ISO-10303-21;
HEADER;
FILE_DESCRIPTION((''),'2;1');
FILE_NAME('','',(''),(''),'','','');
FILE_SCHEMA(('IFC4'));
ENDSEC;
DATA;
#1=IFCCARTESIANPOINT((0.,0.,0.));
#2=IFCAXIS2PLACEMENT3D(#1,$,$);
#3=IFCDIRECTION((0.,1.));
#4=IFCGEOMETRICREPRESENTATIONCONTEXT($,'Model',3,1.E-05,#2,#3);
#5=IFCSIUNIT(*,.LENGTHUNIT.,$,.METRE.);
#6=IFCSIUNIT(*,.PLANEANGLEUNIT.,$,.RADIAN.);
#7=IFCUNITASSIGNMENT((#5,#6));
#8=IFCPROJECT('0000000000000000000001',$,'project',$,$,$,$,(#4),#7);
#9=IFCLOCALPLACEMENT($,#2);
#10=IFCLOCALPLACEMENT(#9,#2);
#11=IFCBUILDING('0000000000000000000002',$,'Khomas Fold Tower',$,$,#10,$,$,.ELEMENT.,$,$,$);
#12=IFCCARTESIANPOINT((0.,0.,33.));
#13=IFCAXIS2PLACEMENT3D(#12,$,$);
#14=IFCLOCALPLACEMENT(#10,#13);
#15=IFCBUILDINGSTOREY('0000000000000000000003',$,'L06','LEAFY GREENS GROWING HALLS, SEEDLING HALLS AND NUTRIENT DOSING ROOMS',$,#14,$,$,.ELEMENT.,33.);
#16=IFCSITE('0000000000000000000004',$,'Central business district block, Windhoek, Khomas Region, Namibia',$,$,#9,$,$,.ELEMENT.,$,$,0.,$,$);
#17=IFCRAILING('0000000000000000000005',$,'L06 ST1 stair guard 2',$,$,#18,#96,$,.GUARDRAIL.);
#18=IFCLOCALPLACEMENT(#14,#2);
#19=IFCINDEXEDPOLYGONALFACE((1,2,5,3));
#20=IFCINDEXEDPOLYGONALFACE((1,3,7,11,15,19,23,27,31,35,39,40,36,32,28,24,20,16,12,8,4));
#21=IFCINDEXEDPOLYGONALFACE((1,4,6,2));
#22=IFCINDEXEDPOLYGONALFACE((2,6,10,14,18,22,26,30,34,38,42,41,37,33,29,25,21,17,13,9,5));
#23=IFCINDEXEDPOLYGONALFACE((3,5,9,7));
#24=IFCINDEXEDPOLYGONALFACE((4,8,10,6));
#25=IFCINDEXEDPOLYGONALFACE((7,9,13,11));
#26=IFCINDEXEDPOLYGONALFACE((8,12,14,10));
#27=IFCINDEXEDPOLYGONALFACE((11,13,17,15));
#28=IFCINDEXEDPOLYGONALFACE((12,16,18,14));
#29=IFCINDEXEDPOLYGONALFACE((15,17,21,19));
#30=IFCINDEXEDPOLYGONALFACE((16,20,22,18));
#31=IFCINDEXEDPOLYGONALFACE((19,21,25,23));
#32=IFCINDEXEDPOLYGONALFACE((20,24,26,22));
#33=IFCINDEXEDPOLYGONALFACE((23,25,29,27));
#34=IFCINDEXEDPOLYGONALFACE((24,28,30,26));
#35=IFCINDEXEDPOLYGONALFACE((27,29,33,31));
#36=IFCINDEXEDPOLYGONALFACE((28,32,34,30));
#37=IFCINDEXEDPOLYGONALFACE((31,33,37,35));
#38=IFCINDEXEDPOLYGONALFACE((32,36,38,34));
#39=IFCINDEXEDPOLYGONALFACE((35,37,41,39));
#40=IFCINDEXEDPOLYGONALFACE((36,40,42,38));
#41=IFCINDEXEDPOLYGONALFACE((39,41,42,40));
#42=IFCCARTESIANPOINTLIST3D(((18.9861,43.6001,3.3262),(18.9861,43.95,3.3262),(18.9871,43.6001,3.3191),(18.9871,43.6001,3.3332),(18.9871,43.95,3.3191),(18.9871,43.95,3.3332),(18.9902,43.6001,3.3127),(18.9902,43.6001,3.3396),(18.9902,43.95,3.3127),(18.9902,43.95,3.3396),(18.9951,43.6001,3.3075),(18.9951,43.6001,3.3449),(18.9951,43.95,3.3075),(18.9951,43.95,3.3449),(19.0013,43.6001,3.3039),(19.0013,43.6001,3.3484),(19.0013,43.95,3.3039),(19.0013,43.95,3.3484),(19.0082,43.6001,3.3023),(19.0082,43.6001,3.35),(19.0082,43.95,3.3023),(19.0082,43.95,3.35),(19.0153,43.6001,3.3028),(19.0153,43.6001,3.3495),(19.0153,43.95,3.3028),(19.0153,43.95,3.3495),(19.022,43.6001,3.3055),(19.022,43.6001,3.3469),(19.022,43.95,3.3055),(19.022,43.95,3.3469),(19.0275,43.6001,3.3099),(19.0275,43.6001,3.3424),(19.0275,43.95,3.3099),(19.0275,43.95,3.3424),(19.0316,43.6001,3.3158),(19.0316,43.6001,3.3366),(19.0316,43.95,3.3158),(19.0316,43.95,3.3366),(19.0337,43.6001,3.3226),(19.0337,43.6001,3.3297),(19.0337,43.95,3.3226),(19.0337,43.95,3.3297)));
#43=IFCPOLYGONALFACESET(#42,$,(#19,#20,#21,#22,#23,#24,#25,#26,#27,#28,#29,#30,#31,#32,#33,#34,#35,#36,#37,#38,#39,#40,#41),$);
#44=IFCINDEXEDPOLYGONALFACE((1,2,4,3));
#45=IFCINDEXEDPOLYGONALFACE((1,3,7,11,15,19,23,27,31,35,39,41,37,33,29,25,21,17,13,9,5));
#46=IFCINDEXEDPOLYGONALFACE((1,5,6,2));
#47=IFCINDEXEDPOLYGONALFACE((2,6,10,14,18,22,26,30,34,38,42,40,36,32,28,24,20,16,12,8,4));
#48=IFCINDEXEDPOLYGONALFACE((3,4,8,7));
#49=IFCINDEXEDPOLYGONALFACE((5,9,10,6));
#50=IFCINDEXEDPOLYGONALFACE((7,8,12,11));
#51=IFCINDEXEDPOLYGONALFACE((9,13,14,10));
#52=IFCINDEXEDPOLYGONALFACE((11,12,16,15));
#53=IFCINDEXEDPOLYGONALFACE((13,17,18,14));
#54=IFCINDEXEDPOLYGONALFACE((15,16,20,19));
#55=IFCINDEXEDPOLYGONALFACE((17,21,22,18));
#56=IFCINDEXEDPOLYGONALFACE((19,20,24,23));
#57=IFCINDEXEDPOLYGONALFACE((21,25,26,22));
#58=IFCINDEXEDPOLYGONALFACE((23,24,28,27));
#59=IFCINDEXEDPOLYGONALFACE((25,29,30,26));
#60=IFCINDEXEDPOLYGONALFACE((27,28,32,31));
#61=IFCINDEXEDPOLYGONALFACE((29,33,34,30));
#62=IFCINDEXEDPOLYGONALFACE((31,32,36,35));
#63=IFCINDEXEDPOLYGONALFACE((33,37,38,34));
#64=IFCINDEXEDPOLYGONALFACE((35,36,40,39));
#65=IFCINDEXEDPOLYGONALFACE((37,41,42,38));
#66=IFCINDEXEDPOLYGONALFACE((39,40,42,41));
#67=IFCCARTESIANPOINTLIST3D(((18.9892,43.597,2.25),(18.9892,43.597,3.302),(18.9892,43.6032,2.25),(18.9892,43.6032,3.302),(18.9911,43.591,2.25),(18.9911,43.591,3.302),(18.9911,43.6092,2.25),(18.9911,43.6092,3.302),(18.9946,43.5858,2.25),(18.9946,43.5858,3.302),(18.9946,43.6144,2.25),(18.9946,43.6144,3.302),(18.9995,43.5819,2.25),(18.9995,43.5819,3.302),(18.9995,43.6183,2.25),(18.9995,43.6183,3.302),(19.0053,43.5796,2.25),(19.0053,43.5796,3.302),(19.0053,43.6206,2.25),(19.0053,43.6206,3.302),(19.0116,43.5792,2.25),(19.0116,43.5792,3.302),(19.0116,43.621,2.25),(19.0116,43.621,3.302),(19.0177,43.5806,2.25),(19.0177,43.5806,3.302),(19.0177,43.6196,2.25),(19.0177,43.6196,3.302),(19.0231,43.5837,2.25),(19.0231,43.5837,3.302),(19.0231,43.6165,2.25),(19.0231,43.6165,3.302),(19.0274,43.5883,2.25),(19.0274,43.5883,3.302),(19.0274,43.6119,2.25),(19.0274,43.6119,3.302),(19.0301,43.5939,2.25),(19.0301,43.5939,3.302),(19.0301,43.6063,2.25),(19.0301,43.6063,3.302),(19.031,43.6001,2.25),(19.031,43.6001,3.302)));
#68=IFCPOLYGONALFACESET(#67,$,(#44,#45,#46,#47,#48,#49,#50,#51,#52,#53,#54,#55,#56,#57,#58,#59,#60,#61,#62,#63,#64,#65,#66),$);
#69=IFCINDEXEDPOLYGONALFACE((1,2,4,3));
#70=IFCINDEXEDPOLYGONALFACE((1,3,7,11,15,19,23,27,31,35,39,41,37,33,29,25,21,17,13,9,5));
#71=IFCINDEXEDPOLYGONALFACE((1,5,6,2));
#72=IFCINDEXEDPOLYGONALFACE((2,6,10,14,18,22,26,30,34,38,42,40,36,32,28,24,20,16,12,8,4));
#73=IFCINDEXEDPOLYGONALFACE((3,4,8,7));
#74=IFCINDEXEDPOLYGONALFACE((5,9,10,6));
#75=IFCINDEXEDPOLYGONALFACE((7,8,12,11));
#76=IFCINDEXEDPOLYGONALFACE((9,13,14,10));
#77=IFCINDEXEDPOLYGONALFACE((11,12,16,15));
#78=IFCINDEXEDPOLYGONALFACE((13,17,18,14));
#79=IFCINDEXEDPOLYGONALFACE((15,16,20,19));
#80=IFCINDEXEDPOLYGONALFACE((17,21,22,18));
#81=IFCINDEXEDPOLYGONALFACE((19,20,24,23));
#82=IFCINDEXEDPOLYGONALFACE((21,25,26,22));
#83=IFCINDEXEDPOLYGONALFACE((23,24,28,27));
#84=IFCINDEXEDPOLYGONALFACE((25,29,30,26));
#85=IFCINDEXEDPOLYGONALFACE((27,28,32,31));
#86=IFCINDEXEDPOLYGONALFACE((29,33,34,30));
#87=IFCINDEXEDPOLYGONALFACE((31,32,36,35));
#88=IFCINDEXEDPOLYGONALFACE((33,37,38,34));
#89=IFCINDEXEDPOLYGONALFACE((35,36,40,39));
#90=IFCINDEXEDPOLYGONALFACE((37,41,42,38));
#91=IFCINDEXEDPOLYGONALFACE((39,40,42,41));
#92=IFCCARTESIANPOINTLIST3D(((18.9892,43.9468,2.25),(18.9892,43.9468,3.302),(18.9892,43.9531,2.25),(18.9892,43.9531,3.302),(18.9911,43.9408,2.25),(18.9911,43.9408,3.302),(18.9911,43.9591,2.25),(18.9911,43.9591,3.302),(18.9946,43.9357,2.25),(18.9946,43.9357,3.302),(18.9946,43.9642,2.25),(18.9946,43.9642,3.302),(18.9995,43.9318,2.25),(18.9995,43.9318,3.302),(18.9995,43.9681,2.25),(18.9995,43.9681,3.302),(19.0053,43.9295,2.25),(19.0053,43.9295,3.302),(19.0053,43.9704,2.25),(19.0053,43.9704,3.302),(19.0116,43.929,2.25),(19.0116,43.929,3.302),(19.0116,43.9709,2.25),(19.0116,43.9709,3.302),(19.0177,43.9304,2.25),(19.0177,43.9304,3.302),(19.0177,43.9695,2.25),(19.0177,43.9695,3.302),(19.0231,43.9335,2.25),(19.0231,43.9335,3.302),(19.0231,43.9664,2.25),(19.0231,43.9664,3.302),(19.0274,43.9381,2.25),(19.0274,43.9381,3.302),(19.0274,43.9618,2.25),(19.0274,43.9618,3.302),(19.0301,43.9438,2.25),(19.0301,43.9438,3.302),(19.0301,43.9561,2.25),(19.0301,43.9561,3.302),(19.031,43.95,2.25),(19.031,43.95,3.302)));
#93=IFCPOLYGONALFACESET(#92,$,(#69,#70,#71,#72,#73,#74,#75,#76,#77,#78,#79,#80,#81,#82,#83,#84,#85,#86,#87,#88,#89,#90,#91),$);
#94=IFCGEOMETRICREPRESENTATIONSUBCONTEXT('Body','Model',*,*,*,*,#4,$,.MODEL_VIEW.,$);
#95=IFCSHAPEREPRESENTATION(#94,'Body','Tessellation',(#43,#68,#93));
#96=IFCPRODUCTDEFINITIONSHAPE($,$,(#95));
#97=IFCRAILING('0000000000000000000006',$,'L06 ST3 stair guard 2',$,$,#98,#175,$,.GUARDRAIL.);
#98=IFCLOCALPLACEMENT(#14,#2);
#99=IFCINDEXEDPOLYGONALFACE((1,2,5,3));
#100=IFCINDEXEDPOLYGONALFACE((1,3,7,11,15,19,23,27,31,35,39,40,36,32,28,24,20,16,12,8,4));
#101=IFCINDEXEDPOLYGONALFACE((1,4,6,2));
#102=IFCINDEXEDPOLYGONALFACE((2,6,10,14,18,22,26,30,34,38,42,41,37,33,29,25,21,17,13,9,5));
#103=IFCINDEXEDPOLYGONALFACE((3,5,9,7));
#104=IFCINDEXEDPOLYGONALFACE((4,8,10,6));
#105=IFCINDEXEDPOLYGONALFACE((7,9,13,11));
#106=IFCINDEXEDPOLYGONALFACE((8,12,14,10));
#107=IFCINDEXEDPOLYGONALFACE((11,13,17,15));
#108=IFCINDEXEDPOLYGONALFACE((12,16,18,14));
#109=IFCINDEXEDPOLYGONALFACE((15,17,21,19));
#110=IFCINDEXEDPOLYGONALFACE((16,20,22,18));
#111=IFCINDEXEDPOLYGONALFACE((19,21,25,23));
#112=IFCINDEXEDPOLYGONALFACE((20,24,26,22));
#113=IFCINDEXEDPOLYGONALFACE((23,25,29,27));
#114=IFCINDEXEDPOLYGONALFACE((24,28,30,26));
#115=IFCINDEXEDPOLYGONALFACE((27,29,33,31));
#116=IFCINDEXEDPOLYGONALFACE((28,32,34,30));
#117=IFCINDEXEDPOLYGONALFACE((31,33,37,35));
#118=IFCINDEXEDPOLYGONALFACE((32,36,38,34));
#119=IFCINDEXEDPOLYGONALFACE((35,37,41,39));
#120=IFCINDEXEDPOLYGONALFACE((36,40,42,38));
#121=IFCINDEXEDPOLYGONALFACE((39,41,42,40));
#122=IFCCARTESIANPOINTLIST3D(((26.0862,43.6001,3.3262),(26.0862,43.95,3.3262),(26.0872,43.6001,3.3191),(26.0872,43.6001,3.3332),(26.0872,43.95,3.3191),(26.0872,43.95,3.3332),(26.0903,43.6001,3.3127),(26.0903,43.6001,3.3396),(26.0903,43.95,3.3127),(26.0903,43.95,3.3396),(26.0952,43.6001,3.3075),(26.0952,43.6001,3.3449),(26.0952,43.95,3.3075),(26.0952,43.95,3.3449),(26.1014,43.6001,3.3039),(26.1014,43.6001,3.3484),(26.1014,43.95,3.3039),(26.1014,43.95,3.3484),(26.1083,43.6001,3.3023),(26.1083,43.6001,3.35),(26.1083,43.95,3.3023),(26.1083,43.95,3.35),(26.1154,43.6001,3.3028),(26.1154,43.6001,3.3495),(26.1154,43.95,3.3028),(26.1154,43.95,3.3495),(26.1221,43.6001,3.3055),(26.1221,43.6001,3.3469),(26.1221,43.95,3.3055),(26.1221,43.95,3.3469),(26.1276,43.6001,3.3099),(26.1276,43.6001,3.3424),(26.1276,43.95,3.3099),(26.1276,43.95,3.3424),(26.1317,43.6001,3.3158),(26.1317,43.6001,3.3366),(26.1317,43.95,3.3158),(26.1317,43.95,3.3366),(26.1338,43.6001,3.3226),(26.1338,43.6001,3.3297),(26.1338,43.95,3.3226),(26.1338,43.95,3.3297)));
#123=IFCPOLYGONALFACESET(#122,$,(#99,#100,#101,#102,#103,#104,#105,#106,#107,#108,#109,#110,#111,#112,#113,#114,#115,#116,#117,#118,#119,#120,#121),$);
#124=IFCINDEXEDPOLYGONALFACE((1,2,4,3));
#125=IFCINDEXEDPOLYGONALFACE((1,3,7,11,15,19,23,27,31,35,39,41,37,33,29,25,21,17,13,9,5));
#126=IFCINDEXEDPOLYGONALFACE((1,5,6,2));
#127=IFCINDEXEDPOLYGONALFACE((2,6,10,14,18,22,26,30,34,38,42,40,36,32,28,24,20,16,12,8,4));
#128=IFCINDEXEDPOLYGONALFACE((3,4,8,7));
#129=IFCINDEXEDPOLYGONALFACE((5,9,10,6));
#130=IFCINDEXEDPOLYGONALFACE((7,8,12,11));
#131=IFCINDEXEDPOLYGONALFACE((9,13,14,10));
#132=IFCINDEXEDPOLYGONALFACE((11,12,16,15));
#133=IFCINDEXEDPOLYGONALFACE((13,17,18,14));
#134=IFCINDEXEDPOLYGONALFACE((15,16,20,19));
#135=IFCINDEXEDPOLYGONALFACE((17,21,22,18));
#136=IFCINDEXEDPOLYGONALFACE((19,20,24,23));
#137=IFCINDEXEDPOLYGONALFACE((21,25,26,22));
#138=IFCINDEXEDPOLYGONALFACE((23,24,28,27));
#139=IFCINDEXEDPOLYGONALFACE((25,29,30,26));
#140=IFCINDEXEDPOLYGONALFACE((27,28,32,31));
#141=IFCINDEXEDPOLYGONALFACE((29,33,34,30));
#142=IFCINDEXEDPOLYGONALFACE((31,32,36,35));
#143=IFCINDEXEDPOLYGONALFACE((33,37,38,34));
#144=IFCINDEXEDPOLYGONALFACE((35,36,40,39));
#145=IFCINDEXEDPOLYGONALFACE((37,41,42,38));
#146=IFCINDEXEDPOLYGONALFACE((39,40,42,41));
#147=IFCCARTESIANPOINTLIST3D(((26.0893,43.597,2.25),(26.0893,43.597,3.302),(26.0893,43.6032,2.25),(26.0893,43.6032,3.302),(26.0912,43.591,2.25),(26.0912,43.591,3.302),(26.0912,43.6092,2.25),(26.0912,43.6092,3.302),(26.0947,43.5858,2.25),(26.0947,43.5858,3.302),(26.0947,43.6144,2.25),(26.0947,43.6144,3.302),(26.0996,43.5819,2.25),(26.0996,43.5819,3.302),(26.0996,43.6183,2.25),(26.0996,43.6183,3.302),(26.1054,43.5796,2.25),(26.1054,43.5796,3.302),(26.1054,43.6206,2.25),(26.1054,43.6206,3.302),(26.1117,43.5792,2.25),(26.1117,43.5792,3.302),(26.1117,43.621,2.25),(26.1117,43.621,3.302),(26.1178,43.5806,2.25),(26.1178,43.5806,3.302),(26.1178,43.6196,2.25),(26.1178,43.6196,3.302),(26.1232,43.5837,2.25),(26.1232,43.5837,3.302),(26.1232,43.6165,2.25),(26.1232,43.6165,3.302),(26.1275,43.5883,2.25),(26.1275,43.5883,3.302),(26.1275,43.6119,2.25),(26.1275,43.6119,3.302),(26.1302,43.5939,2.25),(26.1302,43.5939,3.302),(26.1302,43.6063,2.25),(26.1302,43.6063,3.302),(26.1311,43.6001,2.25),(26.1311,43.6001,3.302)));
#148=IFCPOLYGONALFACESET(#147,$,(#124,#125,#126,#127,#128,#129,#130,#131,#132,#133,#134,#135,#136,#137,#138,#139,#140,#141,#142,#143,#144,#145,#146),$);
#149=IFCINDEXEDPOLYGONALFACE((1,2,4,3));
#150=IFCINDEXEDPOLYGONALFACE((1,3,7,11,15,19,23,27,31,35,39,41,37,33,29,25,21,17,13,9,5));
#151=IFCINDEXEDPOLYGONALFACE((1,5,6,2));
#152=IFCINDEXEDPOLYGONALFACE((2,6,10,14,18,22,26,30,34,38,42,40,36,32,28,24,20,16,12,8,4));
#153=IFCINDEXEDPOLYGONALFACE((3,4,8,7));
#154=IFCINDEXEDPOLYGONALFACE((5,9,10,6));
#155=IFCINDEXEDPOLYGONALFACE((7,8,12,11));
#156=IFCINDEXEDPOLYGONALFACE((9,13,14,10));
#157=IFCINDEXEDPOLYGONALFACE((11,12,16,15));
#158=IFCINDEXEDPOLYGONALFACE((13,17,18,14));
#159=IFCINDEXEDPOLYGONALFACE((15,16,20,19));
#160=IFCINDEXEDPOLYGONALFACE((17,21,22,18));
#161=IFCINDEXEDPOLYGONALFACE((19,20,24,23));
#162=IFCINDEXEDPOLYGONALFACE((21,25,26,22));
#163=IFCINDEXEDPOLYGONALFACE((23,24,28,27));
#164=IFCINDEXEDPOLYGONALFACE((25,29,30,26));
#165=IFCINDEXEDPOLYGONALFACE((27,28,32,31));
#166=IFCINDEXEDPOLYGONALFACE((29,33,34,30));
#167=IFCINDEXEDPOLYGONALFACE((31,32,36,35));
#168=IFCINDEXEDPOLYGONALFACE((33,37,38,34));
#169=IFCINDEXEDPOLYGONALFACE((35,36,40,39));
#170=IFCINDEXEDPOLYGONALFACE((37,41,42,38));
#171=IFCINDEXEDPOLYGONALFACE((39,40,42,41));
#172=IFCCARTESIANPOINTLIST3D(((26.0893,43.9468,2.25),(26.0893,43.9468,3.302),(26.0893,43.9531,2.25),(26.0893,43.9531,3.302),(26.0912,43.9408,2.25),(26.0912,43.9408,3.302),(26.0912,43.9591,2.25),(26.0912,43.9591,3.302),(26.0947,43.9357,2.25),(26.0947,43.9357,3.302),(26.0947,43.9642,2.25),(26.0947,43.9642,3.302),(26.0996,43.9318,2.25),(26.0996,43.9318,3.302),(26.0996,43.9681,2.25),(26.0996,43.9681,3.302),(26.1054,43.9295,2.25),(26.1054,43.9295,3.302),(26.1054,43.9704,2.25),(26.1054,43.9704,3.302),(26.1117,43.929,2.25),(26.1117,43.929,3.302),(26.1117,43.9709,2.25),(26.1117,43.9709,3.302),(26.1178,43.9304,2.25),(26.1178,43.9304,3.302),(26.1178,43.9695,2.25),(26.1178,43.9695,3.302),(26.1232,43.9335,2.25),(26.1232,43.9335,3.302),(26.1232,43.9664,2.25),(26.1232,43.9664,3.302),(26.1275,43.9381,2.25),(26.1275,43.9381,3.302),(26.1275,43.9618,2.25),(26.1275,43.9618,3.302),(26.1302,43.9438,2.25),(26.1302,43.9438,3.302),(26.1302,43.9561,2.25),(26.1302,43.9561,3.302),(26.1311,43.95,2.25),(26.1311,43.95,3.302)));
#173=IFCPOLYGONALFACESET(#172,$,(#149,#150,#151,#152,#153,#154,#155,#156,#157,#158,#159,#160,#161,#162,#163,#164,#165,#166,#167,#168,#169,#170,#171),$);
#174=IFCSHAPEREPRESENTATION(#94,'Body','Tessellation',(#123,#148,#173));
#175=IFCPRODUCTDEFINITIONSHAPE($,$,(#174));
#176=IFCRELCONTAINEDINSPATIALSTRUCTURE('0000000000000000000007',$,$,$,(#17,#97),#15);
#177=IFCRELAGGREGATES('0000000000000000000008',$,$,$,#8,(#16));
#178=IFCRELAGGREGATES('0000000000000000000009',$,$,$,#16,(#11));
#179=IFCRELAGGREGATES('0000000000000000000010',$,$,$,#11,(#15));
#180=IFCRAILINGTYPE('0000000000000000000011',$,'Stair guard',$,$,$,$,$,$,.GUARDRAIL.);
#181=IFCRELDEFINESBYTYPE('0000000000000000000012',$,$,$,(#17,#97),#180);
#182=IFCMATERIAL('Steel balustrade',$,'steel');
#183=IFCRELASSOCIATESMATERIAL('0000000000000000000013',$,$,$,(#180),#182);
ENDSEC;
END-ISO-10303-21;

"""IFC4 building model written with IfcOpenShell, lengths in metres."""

from ifc_helpers import new_model, si_unit, direction, frame, origin, origin_2d, place, context, subcontext, project, spatial, circle, extrude, source, transform, mapped, material, type_object, element, save


model = new_model("IFC4")

# Units and contexts
model_context = context("Model", 3, precision=1e-05, world=origin(), true_north=direction((0.0, 1.0)))
body_context = subcontext(model_context, "Body", "Model", "MODEL_VIEW")
ifc_project = project(units=[si_unit("LENGTHUNIT", "METRE"), si_unit("PLANEANGLEUNIT", "RADIAN")], contexts=[model_context])

# Site, building, storey
site_placement = place(None, origin())
site = spatial("IfcSite", under=ifc_project, at=site_placement, Name="Central business district block, Windhoek, Khomas Region, Namibia", CompositionType="ELEMENT", RefElevation=0.0)
building_placement = place(site_placement, origin())
building = spatial("IfcBuilding", under=site, at=building_placement, Name="Khomas Fold Tower", CompositionType="ELEMENT")
storey_placement = place(building_placement, frame((0.0, 0.0, 33.0)))
storey = spatial("IfcBuildingStorey", under=building, at=storey_placement, Name="L06", Description="LEAFY GREENS GROWING HALLS, SEEDLING HALLS AND NUTRIENT DOSING ROOMS", CompositionType="ELEMENT", Elevation=33.0)

# Railings
ifc_material_1 = material(Name="Steel balustrade", Category="steel")
railing_type_1 = type_object("IfcRailingType", Name="Stair guard", PredefinedType="GUARDRAIL", material=ifc_material_1)
shared_shape_1 = source(origin(), body_context, "Body", "SweptSolid", [
    extrude(circle(Radius=0.0239, at=origin_2d()), frame((0.0, 0.0, 1.0762), z_axis=(0.0, 1.0, 0.0), x_axis=(-1.0, 0.0, 0.0)), (0.0, 0.0, 1.0), 0.3499),
    extrude(circle(Radius=0.021, at=origin_2d()), origin(), (0.0, 0.0, 1.0), 1.052),
    extrude(circle(Radius=0.021, at=origin_2d()), frame((0.0, 0.3499, 0.0)), (0.0, 0.0, 1.0), 1.052),
])
for number, where, name in (
    (1, (19.01, 43.6001, 2.25), "L06 ST1 stair guard 2"),
    (2, (26.1101, 43.6001, 2.25), "L06 ST3 stair guard 2"),
):
    element("IfcRailing", number, at=place(storey_placement, frame(where)), inside=storey, type_object=railing_type_1, Name=name, PredefinedType="GUARDRAIL", context=body_context, shape_type="MappedRepresentation", body=[
        mapped(shared_shape_1, transform((0.0, 0.0, 0.0))),
    ])

save(model, "model.ifc")
